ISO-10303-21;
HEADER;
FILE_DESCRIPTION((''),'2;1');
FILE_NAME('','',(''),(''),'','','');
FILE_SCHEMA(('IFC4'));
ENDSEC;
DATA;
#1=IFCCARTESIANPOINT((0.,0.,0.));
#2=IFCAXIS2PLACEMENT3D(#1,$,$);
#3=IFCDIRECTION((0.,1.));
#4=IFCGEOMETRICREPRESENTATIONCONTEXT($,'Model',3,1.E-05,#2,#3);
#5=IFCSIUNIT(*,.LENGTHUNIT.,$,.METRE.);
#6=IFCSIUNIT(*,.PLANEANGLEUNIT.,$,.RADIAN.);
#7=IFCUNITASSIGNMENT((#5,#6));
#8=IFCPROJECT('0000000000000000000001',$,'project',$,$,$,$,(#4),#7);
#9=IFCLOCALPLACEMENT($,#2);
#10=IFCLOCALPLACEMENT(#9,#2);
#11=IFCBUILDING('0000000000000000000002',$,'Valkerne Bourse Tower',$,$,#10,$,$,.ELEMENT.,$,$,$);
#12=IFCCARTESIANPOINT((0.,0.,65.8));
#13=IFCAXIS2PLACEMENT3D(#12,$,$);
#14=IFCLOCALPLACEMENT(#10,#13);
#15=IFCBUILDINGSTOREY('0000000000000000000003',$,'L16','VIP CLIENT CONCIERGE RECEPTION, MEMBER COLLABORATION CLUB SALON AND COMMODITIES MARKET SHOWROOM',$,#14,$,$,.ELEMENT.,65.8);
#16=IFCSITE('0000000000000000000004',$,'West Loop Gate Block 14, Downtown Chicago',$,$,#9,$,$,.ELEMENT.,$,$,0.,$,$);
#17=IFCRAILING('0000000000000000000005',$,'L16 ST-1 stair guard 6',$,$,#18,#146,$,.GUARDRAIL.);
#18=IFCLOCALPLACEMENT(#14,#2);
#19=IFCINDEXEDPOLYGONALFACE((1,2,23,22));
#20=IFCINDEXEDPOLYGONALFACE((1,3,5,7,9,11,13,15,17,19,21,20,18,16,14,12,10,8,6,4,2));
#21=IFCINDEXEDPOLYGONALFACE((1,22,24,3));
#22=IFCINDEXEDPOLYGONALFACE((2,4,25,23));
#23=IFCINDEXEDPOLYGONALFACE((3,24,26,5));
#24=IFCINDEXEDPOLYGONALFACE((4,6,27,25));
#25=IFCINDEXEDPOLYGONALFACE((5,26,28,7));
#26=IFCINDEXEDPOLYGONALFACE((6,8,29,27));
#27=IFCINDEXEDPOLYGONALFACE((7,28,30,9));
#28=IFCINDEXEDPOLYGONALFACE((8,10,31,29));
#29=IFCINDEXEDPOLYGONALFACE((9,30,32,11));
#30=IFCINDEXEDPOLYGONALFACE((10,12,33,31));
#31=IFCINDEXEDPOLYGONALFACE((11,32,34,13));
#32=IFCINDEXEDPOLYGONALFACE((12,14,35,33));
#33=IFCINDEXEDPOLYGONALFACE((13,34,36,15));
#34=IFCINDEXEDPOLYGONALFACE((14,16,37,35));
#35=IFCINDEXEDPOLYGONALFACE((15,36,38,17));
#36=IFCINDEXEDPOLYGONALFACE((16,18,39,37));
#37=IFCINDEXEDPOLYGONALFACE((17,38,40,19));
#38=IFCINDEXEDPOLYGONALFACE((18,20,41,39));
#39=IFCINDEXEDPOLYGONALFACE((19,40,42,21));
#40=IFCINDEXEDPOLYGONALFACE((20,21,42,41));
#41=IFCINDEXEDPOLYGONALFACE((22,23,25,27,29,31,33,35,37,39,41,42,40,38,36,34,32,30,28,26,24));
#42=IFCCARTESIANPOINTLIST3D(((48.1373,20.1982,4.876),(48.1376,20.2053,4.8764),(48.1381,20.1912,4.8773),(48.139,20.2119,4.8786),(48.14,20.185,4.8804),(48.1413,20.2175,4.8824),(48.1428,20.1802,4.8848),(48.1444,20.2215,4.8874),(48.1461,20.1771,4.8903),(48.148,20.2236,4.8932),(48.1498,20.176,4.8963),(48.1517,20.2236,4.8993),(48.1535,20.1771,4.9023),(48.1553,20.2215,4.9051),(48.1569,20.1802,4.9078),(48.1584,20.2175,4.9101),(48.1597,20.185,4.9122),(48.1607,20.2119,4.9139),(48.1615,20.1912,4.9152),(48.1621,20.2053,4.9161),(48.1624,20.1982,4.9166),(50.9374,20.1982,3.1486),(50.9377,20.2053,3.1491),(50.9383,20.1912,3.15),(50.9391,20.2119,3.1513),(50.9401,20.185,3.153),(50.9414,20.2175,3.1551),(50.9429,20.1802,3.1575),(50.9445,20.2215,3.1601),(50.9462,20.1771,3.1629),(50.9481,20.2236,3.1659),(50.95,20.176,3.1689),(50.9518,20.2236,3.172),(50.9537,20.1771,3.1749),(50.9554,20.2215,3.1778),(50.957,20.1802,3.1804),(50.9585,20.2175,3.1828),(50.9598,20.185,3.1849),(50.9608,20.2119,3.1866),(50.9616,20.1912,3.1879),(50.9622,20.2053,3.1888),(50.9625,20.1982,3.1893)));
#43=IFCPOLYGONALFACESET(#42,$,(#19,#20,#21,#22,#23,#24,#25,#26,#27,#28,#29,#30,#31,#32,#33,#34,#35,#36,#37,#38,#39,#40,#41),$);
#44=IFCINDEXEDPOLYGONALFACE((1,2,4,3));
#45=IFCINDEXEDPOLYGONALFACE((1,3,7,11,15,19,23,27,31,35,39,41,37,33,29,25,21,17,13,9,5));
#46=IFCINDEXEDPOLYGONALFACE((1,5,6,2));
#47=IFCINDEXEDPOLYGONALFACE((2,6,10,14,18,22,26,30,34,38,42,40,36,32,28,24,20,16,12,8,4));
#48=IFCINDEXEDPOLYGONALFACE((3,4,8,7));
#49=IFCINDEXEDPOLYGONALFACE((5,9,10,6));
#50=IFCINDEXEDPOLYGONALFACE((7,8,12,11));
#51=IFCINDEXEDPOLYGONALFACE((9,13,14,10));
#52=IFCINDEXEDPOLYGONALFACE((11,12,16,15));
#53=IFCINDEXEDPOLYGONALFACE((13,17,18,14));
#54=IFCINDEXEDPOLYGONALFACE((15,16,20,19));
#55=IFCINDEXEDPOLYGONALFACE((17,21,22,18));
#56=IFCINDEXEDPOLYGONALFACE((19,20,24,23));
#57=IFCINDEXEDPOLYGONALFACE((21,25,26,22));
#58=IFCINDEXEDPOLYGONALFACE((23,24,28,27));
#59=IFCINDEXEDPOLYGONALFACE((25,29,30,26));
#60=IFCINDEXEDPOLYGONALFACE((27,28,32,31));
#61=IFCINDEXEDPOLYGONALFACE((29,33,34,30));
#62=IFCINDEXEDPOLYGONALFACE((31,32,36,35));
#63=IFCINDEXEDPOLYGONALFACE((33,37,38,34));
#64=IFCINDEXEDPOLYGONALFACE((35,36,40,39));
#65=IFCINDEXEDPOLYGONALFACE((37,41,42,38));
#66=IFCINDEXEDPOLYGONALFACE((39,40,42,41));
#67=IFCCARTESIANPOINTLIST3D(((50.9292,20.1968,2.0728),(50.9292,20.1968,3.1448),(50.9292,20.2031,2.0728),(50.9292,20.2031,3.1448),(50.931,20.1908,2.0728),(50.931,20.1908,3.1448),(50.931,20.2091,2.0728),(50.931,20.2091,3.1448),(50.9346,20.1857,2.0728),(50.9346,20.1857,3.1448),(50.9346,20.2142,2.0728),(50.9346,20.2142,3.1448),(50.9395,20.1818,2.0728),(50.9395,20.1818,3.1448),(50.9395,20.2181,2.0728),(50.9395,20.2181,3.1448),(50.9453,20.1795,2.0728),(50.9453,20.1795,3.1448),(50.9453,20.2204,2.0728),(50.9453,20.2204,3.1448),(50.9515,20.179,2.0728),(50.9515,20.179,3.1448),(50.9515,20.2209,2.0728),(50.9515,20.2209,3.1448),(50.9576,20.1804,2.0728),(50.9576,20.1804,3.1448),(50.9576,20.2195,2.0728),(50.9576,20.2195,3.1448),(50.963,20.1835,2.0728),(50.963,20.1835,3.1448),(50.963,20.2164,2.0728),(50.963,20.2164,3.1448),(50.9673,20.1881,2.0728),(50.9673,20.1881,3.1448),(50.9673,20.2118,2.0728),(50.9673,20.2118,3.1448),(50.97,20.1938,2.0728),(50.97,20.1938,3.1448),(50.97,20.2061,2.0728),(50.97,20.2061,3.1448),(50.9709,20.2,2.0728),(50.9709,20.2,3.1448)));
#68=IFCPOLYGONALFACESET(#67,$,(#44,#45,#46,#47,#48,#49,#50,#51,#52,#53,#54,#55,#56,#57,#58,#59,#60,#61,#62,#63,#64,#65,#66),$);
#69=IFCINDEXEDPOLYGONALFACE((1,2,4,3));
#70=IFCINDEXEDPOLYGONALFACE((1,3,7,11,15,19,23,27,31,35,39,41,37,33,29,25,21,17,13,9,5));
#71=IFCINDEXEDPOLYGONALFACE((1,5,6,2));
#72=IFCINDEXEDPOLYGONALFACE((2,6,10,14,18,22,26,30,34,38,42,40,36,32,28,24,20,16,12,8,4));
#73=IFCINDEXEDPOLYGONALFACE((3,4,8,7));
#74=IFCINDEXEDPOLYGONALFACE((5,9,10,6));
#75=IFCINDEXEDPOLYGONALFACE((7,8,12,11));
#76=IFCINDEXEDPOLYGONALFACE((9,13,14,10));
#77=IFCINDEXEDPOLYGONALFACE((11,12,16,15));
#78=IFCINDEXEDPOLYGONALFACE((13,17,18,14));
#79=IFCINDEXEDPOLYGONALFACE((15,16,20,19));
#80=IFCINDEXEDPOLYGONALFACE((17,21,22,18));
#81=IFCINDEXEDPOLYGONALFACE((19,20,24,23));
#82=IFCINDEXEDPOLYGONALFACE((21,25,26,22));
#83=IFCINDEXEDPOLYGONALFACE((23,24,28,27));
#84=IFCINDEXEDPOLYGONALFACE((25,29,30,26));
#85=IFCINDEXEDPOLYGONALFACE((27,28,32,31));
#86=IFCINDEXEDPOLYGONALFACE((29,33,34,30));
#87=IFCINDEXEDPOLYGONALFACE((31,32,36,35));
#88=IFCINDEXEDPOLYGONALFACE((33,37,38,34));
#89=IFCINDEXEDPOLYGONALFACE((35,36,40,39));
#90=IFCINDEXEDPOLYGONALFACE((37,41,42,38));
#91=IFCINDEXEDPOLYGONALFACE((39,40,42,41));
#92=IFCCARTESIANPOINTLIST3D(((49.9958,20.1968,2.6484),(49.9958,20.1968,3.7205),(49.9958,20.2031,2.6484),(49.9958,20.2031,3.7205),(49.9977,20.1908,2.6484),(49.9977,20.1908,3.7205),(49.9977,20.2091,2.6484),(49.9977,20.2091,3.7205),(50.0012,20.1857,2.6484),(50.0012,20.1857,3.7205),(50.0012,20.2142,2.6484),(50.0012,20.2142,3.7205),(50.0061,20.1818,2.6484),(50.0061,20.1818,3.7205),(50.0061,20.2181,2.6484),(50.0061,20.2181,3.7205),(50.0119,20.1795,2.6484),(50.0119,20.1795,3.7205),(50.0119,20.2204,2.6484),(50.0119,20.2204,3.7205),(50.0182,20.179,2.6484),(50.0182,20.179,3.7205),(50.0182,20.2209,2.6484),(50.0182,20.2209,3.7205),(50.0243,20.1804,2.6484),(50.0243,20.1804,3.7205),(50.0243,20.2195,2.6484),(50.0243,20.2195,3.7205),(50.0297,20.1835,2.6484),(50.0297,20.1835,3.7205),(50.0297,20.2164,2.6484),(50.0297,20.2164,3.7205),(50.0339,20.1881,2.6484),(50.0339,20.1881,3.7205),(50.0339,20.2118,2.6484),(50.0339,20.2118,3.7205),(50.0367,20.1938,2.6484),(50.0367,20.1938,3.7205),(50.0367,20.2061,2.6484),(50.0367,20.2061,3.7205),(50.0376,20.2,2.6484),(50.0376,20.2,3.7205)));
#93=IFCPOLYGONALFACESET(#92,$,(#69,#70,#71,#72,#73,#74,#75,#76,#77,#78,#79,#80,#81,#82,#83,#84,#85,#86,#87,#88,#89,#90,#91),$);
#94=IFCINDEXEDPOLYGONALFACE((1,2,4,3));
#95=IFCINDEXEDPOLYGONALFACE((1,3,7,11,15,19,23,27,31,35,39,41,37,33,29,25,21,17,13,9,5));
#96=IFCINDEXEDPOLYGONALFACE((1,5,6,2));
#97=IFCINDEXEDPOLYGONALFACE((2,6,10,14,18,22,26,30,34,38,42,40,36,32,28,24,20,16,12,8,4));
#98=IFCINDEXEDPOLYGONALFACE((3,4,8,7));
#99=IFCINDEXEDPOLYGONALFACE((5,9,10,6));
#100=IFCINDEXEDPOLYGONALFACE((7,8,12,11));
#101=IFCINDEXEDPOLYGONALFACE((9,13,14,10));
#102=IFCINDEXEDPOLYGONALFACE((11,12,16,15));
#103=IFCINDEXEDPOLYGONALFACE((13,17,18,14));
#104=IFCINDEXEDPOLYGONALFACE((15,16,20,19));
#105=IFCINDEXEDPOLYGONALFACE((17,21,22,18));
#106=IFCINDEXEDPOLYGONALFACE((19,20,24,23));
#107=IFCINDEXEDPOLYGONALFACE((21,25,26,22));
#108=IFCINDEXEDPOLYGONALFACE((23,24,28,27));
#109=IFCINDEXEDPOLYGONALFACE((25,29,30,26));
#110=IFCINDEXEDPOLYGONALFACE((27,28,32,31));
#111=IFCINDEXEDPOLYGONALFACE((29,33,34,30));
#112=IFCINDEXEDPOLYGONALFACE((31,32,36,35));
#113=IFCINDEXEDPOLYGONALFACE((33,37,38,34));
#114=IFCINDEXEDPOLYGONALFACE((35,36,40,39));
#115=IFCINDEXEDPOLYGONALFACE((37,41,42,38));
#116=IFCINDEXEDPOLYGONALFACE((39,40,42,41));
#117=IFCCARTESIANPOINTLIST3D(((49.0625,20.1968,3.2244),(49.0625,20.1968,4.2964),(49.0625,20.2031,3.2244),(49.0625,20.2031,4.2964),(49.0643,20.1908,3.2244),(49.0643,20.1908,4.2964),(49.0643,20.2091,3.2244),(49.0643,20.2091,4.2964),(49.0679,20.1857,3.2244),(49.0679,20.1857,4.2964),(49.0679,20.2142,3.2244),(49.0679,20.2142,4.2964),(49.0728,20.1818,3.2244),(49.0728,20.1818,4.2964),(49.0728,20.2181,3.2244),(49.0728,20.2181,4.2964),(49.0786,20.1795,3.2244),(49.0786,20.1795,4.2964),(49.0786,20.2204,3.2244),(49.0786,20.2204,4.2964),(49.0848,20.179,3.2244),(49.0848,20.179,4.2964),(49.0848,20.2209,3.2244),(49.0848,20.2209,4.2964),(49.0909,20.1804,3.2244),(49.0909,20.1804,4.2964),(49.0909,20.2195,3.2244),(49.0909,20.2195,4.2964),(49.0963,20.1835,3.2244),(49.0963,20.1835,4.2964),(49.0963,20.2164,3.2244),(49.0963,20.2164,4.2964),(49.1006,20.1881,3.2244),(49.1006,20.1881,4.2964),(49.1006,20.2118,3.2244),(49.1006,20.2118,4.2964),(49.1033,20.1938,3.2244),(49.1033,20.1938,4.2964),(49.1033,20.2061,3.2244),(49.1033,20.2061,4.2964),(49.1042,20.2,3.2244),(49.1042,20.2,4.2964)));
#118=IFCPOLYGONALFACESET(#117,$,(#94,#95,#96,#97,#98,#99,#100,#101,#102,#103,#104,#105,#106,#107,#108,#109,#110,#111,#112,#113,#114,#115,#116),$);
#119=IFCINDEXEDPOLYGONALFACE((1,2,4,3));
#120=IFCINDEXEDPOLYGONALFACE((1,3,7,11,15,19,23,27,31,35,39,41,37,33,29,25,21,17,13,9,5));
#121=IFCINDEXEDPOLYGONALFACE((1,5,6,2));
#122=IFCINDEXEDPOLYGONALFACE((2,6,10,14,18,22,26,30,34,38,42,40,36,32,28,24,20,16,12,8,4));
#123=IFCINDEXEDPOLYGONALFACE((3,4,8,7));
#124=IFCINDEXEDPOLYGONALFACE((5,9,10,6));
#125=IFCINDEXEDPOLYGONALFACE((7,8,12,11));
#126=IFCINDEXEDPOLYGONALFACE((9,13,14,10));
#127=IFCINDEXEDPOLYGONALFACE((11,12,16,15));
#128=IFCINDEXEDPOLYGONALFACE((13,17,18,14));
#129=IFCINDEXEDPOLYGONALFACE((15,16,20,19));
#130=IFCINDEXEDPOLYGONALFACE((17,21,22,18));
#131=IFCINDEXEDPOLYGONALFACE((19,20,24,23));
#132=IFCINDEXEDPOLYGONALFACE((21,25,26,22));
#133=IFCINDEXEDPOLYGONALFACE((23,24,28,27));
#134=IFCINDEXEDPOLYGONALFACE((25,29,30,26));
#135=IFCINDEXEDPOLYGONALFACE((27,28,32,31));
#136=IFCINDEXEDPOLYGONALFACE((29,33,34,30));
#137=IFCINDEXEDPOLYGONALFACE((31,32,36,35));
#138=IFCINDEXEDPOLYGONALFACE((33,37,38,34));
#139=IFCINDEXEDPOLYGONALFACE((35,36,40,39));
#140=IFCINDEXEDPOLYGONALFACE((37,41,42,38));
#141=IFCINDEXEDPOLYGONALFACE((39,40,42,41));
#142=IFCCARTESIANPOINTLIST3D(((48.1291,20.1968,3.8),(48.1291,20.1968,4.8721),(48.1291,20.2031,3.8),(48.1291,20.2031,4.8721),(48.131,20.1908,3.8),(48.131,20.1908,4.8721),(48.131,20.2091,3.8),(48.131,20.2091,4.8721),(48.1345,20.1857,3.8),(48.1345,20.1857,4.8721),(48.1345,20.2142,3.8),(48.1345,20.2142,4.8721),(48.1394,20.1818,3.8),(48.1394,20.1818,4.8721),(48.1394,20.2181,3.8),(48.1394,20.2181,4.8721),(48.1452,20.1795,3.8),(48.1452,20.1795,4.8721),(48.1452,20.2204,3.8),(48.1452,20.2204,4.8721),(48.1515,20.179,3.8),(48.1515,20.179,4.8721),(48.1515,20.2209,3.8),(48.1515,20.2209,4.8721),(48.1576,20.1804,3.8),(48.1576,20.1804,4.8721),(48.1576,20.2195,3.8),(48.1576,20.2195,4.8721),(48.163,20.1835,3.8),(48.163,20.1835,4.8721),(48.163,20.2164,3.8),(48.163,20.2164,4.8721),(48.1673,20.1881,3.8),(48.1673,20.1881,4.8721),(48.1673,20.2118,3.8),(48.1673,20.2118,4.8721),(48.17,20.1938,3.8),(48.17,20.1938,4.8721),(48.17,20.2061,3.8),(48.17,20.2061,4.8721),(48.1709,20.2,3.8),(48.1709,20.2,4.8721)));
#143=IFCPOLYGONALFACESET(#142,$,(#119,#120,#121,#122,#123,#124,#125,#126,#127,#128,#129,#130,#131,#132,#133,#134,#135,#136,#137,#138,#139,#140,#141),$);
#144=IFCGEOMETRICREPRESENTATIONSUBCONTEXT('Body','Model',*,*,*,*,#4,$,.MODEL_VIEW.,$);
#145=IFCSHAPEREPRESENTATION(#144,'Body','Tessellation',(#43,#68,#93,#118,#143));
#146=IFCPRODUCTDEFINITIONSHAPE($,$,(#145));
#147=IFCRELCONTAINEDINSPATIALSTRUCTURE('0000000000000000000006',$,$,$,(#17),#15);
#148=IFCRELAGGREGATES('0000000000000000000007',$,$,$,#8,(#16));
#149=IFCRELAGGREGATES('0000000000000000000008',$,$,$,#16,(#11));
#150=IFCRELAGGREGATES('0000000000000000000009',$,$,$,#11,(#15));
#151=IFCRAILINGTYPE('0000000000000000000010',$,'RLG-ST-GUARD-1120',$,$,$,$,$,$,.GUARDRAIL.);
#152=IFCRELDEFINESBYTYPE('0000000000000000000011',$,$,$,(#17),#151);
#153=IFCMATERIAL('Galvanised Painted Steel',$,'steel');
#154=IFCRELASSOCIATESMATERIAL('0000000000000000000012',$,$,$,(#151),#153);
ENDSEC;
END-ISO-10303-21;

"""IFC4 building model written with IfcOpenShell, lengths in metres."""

from ifc_helpers import new_model, si_unit, direction, frame, origin, origin_2d, place, context, subcontext, project, spatial, circle, extrude, material, type_object, element, save


model = new_model("IFC4")

# Units and contexts
model_context = context("Model", 3, precision=1e-05, world=origin(), true_north=direction((0.0, 1.0)))
body_context = subcontext(model_context, "Body", "Model", "MODEL_VIEW")
ifc_project = project(units=[si_unit("LENGTHUNIT", "METRE"), si_unit("PLANEANGLEUNIT", "RADIAN")], contexts=[model_context])

# Site, building, storey
site_placement = place(None, origin())
site = spatial("IfcSite", under=ifc_project, at=site_placement, Name="West Loop Gate Block 14, Downtown Chicago", CompositionType="ELEMENT", RefElevation=0.0)
building_placement = place(site_placement, origin())
building = spatial("IfcBuilding", under=site, at=building_placement, Name="Valkerne Bourse Tower", CompositionType="ELEMENT")
storey_placement = place(building_placement, frame((0.0, 0.0, 65.8)))
storey = spatial("IfcBuildingStorey", under=building, at=storey_placement, Name="L16", Description="VIP CLIENT CONCIERGE RECEPTION, MEMBER COLLABORATION CLUB SALON AND COMMODITIES MARKET SHOWROOM", CompositionType="ELEMENT", Elevation=65.8)

# Shared definitions
ifc_material_1 = material(Name="Galvanised Painted Steel", Category="steel")

# Railing
railing_type_1 = type_object("IfcRailingType", Name="RLG-ST-GUARD-1120", PredefinedType="GUARDRAIL", material=ifc_material_1)
railing_1_placement = place(storey_placement, frame((50.95, 20.2, 2.0728)))
element("IfcRailing", 1, at=railing_1_placement, inside=storey, type_object=railing_type_1, Name="L16 ST-1 stair guard 6", PredefinedType="GUARDRAIL", context=body_context, shape_type="SweptSolid", body=[
    extrude(circle(Radius=0.0239, at=origin_2d()), frame((0.0, 0.0, 1.0962), z_axis=(-0.85109, 0.0, 0.52502), x_axis=(0.0, -1.0, 0.0)), (0.0, 0.0, 1.0), 3.29),
    extrude(circle(Radius=0.021, at=origin_2d()), origin(), (0.0, 0.0, 1.0), 1.072),
    extrude(circle(Radius=0.021, at=origin_2d()), frame((-0.9333, 0.0, 0.5757)), (0.0, 0.0, 1.0), 1.072),
    extrude(circle(Radius=0.021, at=origin_2d()), frame((-1.8667, 0.0, 1.1516)), (0.0, 0.0, 1.0), 1.072),
    extrude(circle(Radius=0.021, at=origin_2d()), frame((-2.8, 0.0, 1.7273)), (0.0, 0.0, 1.0), 1.072),
])

save(model, "model.ifc")
